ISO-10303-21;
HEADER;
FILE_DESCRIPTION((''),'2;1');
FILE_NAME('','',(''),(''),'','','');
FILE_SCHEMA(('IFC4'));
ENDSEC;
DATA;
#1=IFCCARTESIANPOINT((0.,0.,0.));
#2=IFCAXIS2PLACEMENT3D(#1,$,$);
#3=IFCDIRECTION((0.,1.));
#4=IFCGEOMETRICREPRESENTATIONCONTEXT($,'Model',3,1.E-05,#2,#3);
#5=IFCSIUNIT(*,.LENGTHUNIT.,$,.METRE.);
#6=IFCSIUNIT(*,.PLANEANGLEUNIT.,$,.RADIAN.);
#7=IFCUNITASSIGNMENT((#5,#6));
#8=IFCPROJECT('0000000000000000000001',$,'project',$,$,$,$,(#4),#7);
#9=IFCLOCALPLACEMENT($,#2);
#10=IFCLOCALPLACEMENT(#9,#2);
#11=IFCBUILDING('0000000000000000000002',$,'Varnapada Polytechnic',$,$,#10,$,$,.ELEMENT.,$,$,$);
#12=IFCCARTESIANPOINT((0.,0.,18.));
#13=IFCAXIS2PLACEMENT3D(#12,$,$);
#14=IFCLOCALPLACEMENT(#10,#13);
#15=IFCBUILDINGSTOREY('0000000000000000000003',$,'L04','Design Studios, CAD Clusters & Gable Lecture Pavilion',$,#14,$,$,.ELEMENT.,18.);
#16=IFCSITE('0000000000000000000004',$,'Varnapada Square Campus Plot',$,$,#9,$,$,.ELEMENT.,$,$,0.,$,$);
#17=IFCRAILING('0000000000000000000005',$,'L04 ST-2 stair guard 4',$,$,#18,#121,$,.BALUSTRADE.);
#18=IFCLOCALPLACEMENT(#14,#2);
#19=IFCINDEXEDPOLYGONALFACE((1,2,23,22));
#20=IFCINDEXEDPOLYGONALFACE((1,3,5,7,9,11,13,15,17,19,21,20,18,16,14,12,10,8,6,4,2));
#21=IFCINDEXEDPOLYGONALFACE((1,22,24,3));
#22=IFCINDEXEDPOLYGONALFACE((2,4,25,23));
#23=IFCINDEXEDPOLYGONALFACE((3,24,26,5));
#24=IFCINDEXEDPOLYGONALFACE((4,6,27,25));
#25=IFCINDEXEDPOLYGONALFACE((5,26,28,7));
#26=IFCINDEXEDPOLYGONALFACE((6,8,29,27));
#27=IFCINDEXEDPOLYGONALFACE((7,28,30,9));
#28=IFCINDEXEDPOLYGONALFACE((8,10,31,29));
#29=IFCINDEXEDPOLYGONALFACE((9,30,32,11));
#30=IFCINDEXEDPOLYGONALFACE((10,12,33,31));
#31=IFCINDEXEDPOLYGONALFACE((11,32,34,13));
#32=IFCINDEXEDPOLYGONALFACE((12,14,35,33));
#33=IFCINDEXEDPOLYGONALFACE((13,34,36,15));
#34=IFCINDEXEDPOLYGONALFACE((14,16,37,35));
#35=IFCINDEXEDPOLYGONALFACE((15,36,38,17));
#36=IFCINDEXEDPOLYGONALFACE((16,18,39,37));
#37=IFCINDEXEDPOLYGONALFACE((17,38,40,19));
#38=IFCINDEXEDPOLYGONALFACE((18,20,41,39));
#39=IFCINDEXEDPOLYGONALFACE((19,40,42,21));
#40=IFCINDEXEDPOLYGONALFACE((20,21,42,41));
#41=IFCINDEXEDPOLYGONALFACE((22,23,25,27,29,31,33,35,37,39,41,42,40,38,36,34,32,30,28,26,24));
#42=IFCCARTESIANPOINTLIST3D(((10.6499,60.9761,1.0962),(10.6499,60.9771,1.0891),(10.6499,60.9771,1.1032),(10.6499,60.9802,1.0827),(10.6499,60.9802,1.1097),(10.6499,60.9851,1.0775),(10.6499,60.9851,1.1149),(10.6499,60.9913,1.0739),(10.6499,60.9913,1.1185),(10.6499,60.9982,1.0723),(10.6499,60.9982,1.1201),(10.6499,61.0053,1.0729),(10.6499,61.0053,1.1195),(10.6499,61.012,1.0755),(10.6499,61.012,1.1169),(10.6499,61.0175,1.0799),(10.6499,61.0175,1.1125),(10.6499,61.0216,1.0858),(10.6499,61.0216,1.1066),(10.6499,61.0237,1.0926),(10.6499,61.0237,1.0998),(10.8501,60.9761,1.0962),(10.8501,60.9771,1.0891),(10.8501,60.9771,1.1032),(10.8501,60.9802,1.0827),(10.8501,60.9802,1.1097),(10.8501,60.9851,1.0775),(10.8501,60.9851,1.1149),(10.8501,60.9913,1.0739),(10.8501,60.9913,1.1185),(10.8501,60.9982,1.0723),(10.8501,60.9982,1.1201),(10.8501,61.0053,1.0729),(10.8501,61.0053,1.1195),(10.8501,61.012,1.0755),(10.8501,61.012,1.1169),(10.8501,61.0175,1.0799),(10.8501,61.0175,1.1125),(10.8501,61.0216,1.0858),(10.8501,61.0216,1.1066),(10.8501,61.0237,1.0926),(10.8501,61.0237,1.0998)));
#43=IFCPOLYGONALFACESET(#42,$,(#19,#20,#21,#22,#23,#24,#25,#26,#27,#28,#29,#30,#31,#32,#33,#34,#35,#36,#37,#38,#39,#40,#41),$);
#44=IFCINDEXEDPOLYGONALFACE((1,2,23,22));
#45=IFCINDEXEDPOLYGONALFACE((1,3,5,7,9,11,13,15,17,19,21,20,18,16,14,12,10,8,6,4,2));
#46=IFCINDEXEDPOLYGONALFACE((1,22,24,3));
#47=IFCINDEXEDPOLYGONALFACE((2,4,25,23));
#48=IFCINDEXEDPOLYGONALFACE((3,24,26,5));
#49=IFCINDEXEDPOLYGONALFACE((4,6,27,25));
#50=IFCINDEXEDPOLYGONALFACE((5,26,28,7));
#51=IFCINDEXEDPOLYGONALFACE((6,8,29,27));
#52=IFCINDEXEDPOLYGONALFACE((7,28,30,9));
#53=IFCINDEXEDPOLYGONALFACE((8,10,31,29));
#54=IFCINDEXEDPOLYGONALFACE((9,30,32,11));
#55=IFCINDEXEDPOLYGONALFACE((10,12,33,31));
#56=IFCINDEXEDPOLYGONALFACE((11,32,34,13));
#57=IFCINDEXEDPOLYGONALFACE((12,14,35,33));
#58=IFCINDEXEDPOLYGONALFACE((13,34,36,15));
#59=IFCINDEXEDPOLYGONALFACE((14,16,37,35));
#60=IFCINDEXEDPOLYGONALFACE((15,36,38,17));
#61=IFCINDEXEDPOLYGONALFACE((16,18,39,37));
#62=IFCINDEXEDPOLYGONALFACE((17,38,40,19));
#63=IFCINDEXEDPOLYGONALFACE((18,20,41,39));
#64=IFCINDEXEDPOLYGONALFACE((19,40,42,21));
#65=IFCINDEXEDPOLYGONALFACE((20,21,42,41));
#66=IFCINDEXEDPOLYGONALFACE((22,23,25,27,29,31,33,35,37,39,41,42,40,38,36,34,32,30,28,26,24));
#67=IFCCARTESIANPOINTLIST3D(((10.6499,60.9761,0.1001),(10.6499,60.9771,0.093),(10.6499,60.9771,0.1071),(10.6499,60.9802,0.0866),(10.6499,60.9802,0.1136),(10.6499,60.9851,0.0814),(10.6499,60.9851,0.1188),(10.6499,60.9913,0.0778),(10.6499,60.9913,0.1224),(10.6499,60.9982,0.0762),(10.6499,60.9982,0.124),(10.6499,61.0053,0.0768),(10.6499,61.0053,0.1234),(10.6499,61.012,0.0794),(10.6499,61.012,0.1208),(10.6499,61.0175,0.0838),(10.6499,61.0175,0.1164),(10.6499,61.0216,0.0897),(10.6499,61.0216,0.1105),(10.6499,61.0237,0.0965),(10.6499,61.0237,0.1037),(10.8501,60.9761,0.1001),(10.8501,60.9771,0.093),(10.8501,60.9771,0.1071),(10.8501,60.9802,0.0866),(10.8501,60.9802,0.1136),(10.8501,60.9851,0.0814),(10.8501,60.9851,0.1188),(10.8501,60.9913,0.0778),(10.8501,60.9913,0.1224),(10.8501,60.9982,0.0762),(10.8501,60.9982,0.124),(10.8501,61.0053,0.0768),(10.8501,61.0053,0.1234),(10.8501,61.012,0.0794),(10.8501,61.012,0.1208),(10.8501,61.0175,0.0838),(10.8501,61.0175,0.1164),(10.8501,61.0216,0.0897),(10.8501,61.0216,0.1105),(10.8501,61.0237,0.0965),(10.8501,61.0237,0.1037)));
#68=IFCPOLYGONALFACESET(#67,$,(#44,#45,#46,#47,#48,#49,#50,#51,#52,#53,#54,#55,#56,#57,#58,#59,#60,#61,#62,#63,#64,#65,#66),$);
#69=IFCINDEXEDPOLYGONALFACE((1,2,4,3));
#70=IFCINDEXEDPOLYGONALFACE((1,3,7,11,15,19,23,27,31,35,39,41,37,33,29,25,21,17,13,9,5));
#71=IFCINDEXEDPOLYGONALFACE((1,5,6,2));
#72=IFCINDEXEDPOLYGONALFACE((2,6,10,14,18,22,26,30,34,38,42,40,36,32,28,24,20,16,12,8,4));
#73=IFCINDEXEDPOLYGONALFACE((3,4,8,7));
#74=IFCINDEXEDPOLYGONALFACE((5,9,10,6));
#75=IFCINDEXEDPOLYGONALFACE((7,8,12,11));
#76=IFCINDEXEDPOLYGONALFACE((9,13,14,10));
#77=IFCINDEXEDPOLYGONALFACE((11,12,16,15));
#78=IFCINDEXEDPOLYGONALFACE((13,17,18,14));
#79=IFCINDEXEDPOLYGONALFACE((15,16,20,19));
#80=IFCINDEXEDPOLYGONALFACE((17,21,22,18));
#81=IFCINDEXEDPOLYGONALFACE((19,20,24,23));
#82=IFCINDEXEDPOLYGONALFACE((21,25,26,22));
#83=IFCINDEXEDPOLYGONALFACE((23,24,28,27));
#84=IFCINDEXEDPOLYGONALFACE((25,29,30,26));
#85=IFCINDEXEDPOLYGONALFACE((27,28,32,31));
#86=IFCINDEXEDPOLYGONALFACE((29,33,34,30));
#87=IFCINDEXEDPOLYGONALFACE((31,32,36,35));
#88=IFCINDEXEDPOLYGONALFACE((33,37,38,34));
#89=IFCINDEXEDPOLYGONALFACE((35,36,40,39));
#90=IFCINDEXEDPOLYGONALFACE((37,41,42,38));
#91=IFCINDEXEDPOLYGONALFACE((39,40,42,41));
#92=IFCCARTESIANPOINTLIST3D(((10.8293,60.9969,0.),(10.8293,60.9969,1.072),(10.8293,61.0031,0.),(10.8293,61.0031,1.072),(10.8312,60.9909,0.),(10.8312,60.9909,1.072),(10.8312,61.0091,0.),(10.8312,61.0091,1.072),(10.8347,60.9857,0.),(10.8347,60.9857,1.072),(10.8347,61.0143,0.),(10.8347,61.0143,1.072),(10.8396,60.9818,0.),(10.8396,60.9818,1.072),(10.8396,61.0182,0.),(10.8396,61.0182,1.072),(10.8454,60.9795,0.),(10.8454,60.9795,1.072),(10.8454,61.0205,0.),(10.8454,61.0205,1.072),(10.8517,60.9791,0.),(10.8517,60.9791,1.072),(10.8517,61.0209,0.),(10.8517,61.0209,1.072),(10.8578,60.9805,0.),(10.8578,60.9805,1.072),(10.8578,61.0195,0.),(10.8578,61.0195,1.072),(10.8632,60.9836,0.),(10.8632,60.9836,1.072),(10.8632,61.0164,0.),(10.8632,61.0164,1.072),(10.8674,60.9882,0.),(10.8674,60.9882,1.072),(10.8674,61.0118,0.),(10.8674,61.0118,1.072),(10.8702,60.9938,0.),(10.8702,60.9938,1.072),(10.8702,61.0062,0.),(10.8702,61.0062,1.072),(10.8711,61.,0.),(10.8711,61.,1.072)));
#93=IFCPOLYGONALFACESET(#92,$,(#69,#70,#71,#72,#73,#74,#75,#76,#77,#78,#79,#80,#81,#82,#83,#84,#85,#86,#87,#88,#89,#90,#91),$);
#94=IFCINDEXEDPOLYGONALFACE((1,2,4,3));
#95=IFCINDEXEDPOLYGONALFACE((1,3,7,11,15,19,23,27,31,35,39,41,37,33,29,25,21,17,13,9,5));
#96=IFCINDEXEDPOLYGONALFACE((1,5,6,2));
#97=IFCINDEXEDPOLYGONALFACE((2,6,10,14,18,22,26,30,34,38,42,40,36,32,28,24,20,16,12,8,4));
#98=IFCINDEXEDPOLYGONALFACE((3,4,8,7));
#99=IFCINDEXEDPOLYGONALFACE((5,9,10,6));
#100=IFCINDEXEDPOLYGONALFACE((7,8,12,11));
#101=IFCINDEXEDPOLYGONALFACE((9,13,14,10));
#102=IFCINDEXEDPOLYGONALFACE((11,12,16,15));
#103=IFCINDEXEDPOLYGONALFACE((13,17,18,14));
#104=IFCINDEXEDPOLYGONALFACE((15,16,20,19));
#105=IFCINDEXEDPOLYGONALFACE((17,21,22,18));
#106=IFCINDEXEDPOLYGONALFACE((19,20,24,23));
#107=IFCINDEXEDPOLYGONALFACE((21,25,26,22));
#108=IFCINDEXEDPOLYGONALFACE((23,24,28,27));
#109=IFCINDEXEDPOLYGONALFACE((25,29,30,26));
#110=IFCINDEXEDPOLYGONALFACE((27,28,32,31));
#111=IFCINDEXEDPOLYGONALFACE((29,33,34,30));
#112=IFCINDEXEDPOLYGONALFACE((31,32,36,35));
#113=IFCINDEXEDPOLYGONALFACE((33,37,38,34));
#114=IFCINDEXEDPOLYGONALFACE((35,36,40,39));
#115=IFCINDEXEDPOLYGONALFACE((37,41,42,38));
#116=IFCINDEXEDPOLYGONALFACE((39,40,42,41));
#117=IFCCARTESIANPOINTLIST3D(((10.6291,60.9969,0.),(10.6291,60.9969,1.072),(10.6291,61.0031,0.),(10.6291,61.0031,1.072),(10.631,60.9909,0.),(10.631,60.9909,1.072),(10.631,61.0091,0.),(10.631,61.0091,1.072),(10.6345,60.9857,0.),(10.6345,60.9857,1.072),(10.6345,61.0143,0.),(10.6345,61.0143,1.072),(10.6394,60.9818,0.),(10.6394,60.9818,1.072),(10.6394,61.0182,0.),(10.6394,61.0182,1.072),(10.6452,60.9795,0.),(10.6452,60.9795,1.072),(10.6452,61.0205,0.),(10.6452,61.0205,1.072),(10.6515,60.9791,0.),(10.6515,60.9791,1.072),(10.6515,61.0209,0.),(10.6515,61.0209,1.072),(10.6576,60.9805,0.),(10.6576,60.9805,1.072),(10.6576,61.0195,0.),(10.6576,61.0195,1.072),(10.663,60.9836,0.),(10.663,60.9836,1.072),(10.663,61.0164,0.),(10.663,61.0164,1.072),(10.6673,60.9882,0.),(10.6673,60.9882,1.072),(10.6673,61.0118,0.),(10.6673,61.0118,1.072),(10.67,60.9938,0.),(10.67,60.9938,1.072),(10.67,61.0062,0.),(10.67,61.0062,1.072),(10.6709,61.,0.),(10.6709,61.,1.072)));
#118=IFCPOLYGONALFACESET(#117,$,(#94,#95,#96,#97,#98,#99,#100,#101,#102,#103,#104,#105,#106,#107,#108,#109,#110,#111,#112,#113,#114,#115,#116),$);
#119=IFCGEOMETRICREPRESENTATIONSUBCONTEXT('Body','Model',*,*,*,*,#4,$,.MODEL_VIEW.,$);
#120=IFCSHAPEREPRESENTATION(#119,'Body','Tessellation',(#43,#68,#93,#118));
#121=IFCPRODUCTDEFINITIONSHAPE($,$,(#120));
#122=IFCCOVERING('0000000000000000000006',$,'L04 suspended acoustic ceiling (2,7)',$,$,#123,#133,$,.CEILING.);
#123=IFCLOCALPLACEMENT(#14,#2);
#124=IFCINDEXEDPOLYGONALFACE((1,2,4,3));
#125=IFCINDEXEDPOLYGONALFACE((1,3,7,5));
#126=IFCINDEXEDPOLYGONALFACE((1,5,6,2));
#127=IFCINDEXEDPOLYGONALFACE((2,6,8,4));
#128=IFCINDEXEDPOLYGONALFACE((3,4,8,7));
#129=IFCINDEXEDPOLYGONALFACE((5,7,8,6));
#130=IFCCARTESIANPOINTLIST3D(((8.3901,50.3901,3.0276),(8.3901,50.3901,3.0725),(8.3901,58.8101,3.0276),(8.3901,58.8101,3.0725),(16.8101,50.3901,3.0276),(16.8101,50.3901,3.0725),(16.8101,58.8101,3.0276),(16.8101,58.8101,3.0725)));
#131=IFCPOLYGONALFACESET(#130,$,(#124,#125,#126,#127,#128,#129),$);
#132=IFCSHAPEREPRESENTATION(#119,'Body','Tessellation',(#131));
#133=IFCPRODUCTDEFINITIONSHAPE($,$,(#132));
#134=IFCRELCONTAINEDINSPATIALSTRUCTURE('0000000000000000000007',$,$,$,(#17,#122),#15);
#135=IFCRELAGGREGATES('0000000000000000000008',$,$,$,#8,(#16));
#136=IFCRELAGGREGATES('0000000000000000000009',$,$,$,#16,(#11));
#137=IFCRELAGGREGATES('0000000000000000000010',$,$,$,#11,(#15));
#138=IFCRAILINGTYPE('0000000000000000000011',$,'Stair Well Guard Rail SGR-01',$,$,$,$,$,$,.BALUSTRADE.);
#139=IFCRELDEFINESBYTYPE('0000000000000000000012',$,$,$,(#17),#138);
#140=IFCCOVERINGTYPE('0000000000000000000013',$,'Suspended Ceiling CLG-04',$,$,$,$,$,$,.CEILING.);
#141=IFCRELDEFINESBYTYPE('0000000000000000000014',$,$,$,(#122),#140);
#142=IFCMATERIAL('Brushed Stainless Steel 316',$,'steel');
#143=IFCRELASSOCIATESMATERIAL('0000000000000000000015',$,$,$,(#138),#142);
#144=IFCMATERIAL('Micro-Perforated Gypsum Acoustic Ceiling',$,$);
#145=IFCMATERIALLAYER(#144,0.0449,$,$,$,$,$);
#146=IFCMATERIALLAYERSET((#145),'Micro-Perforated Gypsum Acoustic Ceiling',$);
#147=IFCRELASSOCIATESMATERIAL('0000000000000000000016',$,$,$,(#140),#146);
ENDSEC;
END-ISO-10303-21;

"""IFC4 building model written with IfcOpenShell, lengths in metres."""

from ifc_helpers import new_model, si_unit, direction, frame, origin, origin_2d, place, context, subcontext, project, spatial, rectangle, circle, extrude, material, layer, layer_set, type_object, element, save


model = new_model("IFC4")

# Units and contexts
model_context = context("Model", 3, precision=1e-05, world=origin(), true_north=direction((0.0, 1.0)))
body_context = subcontext(model_context, "Body", "Model", "MODEL_VIEW")
ifc_project = project(units=[si_unit("LENGTHUNIT", "METRE"), si_unit("PLANEANGLEUNIT", "RADIAN")], contexts=[model_context])

# Site, building, storey
site_placement = place(None, origin())
site = spatial("IfcSite", under=ifc_project, at=site_placement, Name="Varnapada Square Campus Plot", CompositionType="ELEMENT", RefElevation=0.0)
building_placement = place(site_placement, origin())
building = spatial("IfcBuilding", under=site, at=building_placement, Name="Varnapada Polytechnic", CompositionType="ELEMENT")
storey_placement = place(building_placement, frame((0.0, 0.0, 18.0)))
storey = spatial("IfcBuildingStorey", under=building, at=storey_placement, Name="L04", Description="Design Studios, CAD Clusters & Gable Lecture Pavilion", CompositionType="ELEMENT", Elevation=18.0)

# Shared definitions
ifc_material_1 = material(Name="Brushed Stainless Steel 316", Category="steel")

# Railing
railing_type_1 = type_object("IfcRailingType", Name="Stair Well Guard Rail SGR-01", PredefinedType="BALUSTRADE", material=ifc_material_1)
railing_1_placement = place(storey_placement, frame((10.8501, 61.0, 0.0)))
element("IfcRailing", 1, at=railing_1_placement, inside=storey, type_object=railing_type_1, Name="L04 ST-2 stair guard 4", PredefinedType="BALUSTRADE", context=body_context, shape_type="SweptSolid", body=[
    extrude(circle(Radius=0.0239, at=origin_2d()), frame((0.0, 0.0, 1.0962), z_axis=(-1.0, 0.0, 0.0), x_axis=(0.0, -1.0, 0.0)), (0.0, 0.0, 1.0), 0.2002),
    extrude(circle(Radius=0.0239, at=origin_2d()), frame((0.0, 0.0, 0.1001), z_axis=(-1.0, 0.0, 0.0), x_axis=(0.0, -1.0, 0.0)), (0.0, 0.0, 1.0), 0.2002),
    extrude(circle(Radius=0.021, at=origin_2d()), origin(), (0.0, 0.0, 1.0), 1.072),
    extrude(circle(Radius=0.021, at=origin_2d()), frame((-0.2002, 0.0, 0.0)), (0.0, 0.0, 1.0), 1.072),
])

# Covering
ifc_material_2 = material(Name="Micro-Perforated Gypsum Acoustic Ceiling")
ifc_layer_1 = layer(ifc_material_2, 0.0449)
ifc_layer_set_1 = layer_set([ifc_layer_1], Name="Micro-Perforated Gypsum Acoustic Ceiling")
covering_type = type_object("IfcCoveringType", Name="Suspended Ceiling CLG-04", PredefinedType="CEILING", material=ifc_layer_set_1)
covering_placement = place(storey_placement, frame((12.6001, 54.6001, 3.0276), z_axis=(0.0, 0.0, 1.0), x_axis=(1.0, 0.0, 0.0)))
element("IfcCovering", 2, at=covering_placement, inside=storey, type_object=covering_type, Name="L04 suspended acoustic ceiling (2,7)", PredefinedType="CEILING", context=body_context, shape_type="SweptSolid", body=[
    extrude(rectangle(XDim=8.4199, YDim=8.4199, at=origin_2d()), origin(), (0.0, 0.0, 1.0), 0.0449),
])

save(model, "model.ifc")
